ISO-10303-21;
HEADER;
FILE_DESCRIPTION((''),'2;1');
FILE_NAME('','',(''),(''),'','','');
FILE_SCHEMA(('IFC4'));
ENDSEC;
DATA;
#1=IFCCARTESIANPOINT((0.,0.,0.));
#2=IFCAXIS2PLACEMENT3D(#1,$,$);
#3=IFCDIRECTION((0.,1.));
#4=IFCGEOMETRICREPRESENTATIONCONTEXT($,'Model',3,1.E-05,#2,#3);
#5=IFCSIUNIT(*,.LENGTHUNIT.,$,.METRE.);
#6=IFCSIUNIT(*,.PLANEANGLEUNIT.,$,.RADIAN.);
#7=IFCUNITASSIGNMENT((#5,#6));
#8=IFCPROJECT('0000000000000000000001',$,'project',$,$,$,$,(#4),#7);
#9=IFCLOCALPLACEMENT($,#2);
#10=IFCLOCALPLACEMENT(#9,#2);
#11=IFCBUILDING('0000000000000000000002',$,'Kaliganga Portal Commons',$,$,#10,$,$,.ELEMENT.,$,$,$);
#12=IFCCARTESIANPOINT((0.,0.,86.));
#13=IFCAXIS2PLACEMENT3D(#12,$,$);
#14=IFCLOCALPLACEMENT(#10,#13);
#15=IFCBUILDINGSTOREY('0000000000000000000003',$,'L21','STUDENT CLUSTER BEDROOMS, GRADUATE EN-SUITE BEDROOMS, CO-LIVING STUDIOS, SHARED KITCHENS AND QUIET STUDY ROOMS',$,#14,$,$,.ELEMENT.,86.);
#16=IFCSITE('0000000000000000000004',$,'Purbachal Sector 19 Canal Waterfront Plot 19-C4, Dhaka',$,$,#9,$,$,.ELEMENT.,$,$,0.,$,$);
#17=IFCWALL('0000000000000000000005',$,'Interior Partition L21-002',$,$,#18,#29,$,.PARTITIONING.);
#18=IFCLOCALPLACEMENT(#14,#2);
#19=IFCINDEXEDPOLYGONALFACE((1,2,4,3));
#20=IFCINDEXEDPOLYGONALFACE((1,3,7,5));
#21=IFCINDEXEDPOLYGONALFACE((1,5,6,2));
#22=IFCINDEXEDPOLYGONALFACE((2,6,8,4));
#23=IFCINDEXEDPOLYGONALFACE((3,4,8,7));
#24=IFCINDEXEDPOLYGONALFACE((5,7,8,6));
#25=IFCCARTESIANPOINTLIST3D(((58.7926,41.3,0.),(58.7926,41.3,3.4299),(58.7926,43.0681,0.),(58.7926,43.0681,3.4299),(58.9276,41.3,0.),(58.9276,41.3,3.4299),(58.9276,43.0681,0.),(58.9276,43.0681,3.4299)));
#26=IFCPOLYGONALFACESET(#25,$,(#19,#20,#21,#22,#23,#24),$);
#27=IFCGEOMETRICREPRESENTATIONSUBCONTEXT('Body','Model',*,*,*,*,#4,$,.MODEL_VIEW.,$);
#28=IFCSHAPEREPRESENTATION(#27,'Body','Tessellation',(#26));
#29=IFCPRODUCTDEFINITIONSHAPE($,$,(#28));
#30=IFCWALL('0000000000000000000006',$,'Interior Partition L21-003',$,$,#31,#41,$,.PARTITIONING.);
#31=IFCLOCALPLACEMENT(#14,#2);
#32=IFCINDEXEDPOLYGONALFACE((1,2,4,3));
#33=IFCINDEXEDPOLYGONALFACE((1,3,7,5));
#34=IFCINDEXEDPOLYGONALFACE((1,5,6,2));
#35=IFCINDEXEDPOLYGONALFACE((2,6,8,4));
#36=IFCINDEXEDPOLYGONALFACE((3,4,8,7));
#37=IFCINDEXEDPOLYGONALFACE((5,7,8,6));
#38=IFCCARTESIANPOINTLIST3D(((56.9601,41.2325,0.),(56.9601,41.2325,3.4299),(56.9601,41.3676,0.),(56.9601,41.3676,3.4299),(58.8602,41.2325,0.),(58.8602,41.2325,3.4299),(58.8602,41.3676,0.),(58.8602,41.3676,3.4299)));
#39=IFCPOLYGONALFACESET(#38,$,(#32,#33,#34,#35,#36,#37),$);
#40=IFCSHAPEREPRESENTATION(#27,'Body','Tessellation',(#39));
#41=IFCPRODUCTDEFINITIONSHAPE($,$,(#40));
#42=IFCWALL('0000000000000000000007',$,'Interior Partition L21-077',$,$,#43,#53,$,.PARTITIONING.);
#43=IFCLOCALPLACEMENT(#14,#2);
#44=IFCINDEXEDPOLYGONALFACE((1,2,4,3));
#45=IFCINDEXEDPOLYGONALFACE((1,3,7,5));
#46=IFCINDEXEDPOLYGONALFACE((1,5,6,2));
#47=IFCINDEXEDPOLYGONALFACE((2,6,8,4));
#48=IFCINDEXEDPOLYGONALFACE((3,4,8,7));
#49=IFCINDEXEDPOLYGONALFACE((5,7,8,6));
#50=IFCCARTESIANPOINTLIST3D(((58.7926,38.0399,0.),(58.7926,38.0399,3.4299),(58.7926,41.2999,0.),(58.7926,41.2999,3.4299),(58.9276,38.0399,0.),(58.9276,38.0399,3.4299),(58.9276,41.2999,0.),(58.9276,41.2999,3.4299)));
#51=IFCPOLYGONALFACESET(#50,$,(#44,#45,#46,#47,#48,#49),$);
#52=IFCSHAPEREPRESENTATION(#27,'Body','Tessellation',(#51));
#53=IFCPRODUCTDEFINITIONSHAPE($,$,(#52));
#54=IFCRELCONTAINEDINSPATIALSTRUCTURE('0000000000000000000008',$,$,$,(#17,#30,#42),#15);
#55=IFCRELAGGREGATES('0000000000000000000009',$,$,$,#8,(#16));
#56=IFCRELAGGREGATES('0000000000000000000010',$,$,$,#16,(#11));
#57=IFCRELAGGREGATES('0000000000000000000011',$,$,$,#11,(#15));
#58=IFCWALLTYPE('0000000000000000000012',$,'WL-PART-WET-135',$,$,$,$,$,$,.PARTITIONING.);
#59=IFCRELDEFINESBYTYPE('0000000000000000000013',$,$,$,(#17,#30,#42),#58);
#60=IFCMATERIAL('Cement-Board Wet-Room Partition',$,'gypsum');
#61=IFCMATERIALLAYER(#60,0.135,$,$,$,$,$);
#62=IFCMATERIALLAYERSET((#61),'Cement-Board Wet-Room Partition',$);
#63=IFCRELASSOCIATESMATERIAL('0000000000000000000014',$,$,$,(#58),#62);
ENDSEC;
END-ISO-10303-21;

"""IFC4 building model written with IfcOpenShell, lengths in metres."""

from ifc_helpers import new_model, si_unit, direction, frame, frame_2d, origin, place, context, subcontext, project, spatial, rectangle, extrude, material, layer, layer_set, type_object, element, save


model = new_model("IFC4")

# Units and contexts
model_context = context("Model", 3, precision=1e-05, world=origin(), true_north=direction((0.0, 1.0)))
body_context = subcontext(model_context, "Body", "Model", "MODEL_VIEW")
ifc_project = project(units=[si_unit("LENGTHUNIT", "METRE"), si_unit("PLANEANGLEUNIT", "RADIAN")], contexts=[model_context])

# Site, building, storey
site_placement = place(None, origin())
site = spatial("IfcSite", under=ifc_project, at=site_placement, Name="Purbachal Sector 19 Canal Waterfront Plot 19-C4, Dhaka", CompositionType="ELEMENT", RefElevation=0.0)
building_placement = place(site_placement, origin())
building = spatial("IfcBuilding", under=site, at=building_placement, Name="Kaliganga Portal Commons", CompositionType="ELEMENT")
storey_placement = place(building_placement, frame((0.0, 0.0, 86.0)))
storey = spatial("IfcBuildingStorey", under=building, at=storey_placement, Name="L21", Description="STUDENT CLUSTER BEDROOMS, GRADUATE EN-SUITE BEDROOMS, CO-LIVING STUDIOS, SHARED KITCHENS AND QUIET STUDY ROOMS", CompositionType="ELEMENT", Elevation=86.0)

# Shared definitions
ifc_material_1 = material(Name="Cement-Board Wet-Room Partition", Category="gypsum")
ifc_layer_1 = layer(ifc_material_1, 0.135)
ifc_layer_set_1 = layer_set([ifc_layer_1], Name="Cement-Board Wet-Room Partition")
wall_type_1 = type_object("IfcWallType", Name="WL-PART-WET-135", PredefinedType="PARTITIONING", material=ifc_layer_set_1)

# Walls
wall_1_placement = place(storey_placement, frame((58.8601, 41.3, 0.0), z_axis=(0.0, 0.0, 1.0), x_axis=(0.0, 1.0, 0.0)))
element("IfcWall", 1, at=wall_1_placement, inside=storey, type_object=wall_type_1, Name="Interior Partition L21-002", PredefinedType="PARTITIONING", context=body_context, shape_type="SweptSolid", body=[
    extrude(rectangle(XDim=1.7681, YDim=0.135, at=frame_2d((0.884, 0.0))), origin(), (0.0, 0.0, 1.0), 3.4299),
])
wall_2_placement = place(storey_placement, frame((56.96, 41.3, 0.0), z_axis=(0.0, 0.0, 1.0), x_axis=(1.0, 0.0, 0.0)))
element("IfcWall", 2, at=wall_2_placement, inside=storey, type_object=wall_type_1, Name="Interior Partition L21-003", PredefinedType="PARTITIONING", context=body_context, shape_type="SweptSolid", body=[
    extrude(rectangle(XDim=1.9001, YDim=0.135, at=frame_2d((0.9502, 0.0))), origin(), (0.0, 0.0, 1.0), 3.4299),
])
wall_3_placement = place(storey_placement, frame((58.8601, 38.04, 0.0), z_axis=(0.0, 0.0, 1.0), x_axis=(0.0, 1.0, 0.0)))
element("IfcWall", 3, at=wall_3_placement, inside=storey, type_object=wall_type_1, Name="Interior Partition L21-077", PredefinedType="PARTITIONING", context=body_context, shape_type="SweptSolid", body=[
    extrude(rectangle(XDim=3.26, YDim=0.135, at=frame_2d((1.6299, 0.0))), origin(), (0.0, 0.0, 1.0), 3.4299),
])

save(model, "model.ifc")
